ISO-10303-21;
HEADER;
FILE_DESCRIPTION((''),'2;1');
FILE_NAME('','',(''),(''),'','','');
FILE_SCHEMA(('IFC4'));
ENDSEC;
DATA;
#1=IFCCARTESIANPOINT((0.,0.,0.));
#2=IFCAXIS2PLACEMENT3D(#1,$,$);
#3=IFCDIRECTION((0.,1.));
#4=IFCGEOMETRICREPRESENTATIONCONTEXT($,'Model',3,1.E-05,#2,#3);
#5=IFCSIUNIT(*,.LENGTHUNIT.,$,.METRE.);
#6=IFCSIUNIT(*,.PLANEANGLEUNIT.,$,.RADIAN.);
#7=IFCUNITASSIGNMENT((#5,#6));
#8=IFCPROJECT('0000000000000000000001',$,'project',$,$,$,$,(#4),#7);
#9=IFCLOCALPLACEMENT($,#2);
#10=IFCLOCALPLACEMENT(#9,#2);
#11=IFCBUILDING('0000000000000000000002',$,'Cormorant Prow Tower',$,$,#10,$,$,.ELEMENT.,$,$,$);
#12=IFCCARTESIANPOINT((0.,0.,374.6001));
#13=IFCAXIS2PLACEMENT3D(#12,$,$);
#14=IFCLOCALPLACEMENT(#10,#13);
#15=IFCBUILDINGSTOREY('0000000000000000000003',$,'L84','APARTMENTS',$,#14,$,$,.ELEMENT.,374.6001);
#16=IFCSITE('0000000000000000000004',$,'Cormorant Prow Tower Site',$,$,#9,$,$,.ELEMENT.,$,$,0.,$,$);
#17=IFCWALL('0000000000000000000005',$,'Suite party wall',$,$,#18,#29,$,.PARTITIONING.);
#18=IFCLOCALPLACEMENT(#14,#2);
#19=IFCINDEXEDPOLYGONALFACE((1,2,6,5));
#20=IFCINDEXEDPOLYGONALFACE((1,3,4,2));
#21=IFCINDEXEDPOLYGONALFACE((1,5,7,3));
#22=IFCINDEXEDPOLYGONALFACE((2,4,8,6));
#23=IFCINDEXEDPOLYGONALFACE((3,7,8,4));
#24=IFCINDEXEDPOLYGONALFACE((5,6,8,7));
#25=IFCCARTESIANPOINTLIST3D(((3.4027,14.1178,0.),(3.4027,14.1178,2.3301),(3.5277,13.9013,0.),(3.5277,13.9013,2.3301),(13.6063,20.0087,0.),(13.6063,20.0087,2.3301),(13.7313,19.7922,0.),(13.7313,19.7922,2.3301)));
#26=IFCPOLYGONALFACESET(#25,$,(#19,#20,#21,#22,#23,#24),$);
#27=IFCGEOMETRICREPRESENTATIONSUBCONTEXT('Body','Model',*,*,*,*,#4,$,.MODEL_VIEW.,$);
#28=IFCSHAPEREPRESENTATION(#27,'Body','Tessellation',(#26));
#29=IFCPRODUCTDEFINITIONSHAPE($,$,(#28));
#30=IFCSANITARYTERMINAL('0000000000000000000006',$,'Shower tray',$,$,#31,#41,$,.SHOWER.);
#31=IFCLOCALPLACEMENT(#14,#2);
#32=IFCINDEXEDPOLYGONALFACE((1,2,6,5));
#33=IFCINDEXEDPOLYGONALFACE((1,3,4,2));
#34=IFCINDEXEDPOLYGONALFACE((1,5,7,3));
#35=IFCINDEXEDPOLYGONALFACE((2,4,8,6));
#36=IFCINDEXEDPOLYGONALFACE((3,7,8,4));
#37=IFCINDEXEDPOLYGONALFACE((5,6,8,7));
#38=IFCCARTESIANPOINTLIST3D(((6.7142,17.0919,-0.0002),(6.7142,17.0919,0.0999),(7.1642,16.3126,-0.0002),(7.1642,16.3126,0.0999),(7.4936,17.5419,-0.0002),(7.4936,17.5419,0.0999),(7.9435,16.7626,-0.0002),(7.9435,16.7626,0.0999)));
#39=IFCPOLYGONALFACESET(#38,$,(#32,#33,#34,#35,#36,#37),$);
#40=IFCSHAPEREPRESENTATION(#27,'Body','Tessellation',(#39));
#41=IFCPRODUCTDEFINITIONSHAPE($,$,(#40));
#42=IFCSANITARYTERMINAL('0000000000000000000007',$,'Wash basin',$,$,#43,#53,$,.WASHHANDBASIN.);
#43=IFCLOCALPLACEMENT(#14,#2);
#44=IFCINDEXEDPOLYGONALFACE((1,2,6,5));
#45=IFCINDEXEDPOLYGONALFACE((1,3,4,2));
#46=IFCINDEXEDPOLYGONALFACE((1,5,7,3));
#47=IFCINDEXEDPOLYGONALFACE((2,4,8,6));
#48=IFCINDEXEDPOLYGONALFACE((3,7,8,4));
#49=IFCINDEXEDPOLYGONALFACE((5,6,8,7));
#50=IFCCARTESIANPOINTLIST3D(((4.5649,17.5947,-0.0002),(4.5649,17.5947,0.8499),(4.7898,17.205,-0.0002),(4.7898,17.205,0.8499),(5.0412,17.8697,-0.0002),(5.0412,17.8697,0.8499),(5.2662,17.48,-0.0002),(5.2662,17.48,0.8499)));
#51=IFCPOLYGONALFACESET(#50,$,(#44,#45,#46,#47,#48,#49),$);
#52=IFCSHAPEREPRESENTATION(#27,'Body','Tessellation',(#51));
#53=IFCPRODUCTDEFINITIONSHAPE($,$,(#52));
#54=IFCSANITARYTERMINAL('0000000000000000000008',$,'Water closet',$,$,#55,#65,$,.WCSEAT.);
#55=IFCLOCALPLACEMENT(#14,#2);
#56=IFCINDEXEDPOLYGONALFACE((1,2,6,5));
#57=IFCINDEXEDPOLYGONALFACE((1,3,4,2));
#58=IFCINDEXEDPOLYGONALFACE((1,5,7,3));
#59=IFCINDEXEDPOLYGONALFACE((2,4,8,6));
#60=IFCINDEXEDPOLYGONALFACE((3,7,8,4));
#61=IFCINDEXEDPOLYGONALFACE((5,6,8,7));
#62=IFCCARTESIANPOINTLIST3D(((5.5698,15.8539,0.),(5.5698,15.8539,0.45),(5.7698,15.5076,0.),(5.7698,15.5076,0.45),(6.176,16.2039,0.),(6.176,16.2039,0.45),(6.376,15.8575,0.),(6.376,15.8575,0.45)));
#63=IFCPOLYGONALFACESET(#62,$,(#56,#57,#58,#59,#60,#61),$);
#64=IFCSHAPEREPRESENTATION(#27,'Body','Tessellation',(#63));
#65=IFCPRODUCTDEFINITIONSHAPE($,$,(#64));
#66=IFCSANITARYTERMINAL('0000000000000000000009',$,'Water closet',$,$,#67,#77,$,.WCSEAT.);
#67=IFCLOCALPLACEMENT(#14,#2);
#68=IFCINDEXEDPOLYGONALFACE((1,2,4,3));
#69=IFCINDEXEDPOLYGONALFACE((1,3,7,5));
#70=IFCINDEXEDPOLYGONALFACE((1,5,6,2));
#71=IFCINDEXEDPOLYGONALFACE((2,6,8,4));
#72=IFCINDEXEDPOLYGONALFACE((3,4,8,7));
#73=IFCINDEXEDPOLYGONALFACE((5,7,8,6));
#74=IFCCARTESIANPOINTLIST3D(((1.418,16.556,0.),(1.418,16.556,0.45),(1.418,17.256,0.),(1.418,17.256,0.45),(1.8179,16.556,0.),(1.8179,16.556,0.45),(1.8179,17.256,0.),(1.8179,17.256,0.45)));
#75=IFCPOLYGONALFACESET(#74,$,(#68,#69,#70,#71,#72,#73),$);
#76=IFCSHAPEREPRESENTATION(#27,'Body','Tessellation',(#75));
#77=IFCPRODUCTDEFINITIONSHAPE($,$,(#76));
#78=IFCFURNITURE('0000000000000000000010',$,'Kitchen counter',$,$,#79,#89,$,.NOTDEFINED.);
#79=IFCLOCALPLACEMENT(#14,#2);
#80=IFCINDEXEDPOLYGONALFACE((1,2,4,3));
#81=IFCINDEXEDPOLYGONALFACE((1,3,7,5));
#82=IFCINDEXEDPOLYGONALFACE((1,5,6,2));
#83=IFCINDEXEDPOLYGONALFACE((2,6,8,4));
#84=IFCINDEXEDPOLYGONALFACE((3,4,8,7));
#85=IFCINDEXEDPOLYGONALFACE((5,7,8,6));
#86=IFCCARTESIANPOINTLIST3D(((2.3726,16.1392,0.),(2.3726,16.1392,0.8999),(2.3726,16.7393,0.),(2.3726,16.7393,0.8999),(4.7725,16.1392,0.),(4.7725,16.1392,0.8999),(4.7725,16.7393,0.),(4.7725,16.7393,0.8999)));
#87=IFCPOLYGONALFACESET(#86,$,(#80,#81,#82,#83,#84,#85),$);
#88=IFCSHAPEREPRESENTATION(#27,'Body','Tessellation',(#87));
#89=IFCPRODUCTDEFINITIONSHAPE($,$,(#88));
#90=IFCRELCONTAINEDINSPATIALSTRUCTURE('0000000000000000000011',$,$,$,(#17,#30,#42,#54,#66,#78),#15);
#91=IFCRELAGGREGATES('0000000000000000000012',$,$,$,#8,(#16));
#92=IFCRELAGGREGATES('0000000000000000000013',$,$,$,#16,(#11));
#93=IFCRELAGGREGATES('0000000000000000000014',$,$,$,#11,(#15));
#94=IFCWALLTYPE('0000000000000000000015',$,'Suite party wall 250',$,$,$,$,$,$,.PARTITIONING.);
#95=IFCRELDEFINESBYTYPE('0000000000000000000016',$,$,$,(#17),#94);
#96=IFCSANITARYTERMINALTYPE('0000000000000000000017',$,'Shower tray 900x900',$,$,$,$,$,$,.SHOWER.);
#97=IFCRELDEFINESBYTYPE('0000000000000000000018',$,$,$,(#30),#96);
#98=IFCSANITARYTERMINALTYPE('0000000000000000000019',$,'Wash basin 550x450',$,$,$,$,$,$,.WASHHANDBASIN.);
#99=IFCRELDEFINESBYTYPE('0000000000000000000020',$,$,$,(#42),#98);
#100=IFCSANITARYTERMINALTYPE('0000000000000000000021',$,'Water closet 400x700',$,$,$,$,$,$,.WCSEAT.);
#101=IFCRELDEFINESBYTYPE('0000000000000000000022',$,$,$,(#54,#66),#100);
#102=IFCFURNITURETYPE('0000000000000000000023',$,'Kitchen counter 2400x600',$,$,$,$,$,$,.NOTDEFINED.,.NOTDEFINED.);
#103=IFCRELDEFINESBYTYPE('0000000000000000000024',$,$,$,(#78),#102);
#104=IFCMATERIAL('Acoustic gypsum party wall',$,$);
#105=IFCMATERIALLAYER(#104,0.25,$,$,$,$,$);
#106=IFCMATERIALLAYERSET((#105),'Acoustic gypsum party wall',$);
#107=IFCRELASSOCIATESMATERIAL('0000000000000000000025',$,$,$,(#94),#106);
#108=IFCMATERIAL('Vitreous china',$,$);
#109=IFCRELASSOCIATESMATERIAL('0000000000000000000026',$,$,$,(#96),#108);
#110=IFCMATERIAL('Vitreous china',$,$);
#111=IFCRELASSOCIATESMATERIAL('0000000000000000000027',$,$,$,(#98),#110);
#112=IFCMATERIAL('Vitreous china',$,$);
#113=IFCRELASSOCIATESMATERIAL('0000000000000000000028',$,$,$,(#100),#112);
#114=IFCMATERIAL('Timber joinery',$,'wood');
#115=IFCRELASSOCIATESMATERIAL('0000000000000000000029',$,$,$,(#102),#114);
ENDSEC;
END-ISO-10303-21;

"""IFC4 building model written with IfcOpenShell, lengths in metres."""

from ifc_helpers import new_model, si_unit, direction, frame, frame_2d, origin, origin_2d, place, context, subcontext, project, spatial, rectangle, extrude, material, layer, layer_set, type_object, element, save


model = new_model("IFC4")

# Units and contexts
model_context = context("Model", 3, precision=1e-05, world=origin(), true_north=direction((0.0, 1.0)))
body_context = subcontext(model_context, "Body", "Model", "MODEL_VIEW")
ifc_project = project(units=[si_unit("LENGTHUNIT", "METRE"), si_unit("PLANEANGLEUNIT", "RADIAN")], contexts=[model_context])

# Site, building, storey
site_placement = place(None, origin())
site = spatial("IfcSite", under=ifc_project, at=site_placement, Name="Cormorant Prow Tower Site", CompositionType="ELEMENT", RefElevation=0.0)
building_placement = place(site_placement, origin())
building = spatial("IfcBuilding", under=site, at=building_placement, Name="Cormorant Prow Tower", CompositionType="ELEMENT")
storey_placement = place(building_placement, frame((0.0, 0.0, 374.6001)))
storey = spatial("IfcBuildingStorey", under=building, at=storey_placement, Name="L84", Description="APARTMENTS", CompositionType="ELEMENT", Elevation=374.6001)

# Wall
ifc_material_1 = material(Name="Acoustic gypsum party wall")
ifc_layer_1 = layer(ifc_material_1, 0.25)
ifc_layer_set_1 = layer_set([ifc_layer_1], Name="Acoustic gypsum party wall")
wall_type_1 = type_object("IfcWallType", Name="Suite party wall 250", PredefinedType="PARTITIONING", material=ifc_layer_set_1)
wall_1_placement = place(storey_placement, frame((3.4651, 14.0095, 0.0), z_axis=(0.0, 0.0, 1.0), x_axis=(0.866032, 0.499988, 0.0)))
element("IfcWall", 1, at=wall_1_placement, inside=storey, type_object=wall_type_1, Name="Suite party wall", PredefinedType="PARTITIONING", context=body_context, shape_type="SweptSolid", body=[
    extrude(rectangle(XDim=11.782, YDim=0.25, at=frame_2d((5.8911, 0.0))), origin(), (0.0, 0.0, 1.0), 2.3301),
])

# Sanitary terminals
ifc_material_2 = material(Name="Vitreous china")
sanitary_terminal_type_1 = type_object("IfcSanitaryTerminalType", Name="Shower tray 900x900", PredefinedType="SHOWER", material=ifc_material_2)
sanitary_terminal_1_placement = place(storey_placement, frame((7.3289, 16.9272, -0.0002), z_axis=(0.0, 0.0, 1.0), x_axis=(-0.866025, -0.5, 0.0)))
element("IfcSanitaryTerminal", 2, at=sanitary_terminal_1_placement, inside=storey, type_object=sanitary_terminal_type_1, Name="Shower tray", PredefinedType="SHOWER", context=body_context, shape_type="SweptSolid", body=[
    extrude(rectangle(XDim=0.8999, YDim=0.8999, at=origin_2d()), origin(), (0.0, 0.0, 1.0), 0.1001),
])
ifc_material_3 = material(Name="Vitreous china")
sanitary_terminal_type_2 = type_object("IfcSanitaryTerminalType", Name="Wash basin 550x450", PredefinedType="WASHHANDBASIN", material=ifc_material_3)
sanitary_terminal_2_placement = place(storey_placement, frame((4.9155, 17.5374, -0.0002), z_axis=(0.0, 0.0, 1.0), x_axis=(0.866025, 0.5, 0.0)))
element("IfcSanitaryTerminal", 3, at=sanitary_terminal_2_placement, inside=storey, type_object=sanitary_terminal_type_2, Name="Wash basin", PredefinedType="WASHHANDBASIN", context=body_context, shape_type="SweptSolid", body=[
    extrude(rectangle(XDim=0.55, YDim=0.45, at=origin_2d()), origin(), (0.0, 0.0, 1.0), 0.8501),
])
ifc_material_4 = material(Name="Vitreous china")
sanitary_terminal_type_3 = type_object("IfcSanitaryTerminalType", Name="Water closet 400x700", PredefinedType="WCSEAT", material=ifc_material_4)
for number, where, z_axis, x_axis, name in (
    (4, (5.9729, 15.8557, 0.0), (0.0, 0.0, 1.0), (-0.5, 0.866025, 0.0), "Water closet"),
    (5, (1.6179, 16.906, 0.0), (0.0, 0.0, 1.0), (-1.0, 0.0, 0.0), "Water closet"),
):
    element("IfcSanitaryTerminal", number, at=place(storey_placement, frame(where, z_axis=z_axis, x_axis=x_axis)), inside=storey, type_object=sanitary_terminal_type_3, Name=name, PredefinedType="WCSEAT", context=body_context, shape_type="SweptSolid", body=[
        extrude(rectangle(XDim=0.3999, YDim=0.7, at=origin_2d()), origin(), (0.0, 0.0, 1.0), 0.45),
    ])

# Furniture
ifc_material_5 = material(Name="Timber joinery", Category="wood")
furniture_type = type_object("IfcFurnitureType", Name="Kitchen counter 2400x600", AssemblyPlace="NOTDEFINED", PredefinedType="NOTDEFINED", material=ifc_material_5)
furniture_placement = place(storey_placement, frame((3.5725, 16.4392, 0.0), z_axis=(0.0, 0.0, 1.0), x_axis=(1.0, 0.0, 0.0)))
element("IfcFurniture", 6, at=furniture_placement, inside=storey, type_object=furniture_type, Name="Kitchen counter", PredefinedType="NOTDEFINED", context=body_context, shape_type="SweptSolid", body=[
    extrude(rectangle(XDim=2.3999, YDim=0.6001, at=origin_2d()), origin(), (0.0, 0.0, 1.0), 0.8999),
])

save(model, "model.ifc")
